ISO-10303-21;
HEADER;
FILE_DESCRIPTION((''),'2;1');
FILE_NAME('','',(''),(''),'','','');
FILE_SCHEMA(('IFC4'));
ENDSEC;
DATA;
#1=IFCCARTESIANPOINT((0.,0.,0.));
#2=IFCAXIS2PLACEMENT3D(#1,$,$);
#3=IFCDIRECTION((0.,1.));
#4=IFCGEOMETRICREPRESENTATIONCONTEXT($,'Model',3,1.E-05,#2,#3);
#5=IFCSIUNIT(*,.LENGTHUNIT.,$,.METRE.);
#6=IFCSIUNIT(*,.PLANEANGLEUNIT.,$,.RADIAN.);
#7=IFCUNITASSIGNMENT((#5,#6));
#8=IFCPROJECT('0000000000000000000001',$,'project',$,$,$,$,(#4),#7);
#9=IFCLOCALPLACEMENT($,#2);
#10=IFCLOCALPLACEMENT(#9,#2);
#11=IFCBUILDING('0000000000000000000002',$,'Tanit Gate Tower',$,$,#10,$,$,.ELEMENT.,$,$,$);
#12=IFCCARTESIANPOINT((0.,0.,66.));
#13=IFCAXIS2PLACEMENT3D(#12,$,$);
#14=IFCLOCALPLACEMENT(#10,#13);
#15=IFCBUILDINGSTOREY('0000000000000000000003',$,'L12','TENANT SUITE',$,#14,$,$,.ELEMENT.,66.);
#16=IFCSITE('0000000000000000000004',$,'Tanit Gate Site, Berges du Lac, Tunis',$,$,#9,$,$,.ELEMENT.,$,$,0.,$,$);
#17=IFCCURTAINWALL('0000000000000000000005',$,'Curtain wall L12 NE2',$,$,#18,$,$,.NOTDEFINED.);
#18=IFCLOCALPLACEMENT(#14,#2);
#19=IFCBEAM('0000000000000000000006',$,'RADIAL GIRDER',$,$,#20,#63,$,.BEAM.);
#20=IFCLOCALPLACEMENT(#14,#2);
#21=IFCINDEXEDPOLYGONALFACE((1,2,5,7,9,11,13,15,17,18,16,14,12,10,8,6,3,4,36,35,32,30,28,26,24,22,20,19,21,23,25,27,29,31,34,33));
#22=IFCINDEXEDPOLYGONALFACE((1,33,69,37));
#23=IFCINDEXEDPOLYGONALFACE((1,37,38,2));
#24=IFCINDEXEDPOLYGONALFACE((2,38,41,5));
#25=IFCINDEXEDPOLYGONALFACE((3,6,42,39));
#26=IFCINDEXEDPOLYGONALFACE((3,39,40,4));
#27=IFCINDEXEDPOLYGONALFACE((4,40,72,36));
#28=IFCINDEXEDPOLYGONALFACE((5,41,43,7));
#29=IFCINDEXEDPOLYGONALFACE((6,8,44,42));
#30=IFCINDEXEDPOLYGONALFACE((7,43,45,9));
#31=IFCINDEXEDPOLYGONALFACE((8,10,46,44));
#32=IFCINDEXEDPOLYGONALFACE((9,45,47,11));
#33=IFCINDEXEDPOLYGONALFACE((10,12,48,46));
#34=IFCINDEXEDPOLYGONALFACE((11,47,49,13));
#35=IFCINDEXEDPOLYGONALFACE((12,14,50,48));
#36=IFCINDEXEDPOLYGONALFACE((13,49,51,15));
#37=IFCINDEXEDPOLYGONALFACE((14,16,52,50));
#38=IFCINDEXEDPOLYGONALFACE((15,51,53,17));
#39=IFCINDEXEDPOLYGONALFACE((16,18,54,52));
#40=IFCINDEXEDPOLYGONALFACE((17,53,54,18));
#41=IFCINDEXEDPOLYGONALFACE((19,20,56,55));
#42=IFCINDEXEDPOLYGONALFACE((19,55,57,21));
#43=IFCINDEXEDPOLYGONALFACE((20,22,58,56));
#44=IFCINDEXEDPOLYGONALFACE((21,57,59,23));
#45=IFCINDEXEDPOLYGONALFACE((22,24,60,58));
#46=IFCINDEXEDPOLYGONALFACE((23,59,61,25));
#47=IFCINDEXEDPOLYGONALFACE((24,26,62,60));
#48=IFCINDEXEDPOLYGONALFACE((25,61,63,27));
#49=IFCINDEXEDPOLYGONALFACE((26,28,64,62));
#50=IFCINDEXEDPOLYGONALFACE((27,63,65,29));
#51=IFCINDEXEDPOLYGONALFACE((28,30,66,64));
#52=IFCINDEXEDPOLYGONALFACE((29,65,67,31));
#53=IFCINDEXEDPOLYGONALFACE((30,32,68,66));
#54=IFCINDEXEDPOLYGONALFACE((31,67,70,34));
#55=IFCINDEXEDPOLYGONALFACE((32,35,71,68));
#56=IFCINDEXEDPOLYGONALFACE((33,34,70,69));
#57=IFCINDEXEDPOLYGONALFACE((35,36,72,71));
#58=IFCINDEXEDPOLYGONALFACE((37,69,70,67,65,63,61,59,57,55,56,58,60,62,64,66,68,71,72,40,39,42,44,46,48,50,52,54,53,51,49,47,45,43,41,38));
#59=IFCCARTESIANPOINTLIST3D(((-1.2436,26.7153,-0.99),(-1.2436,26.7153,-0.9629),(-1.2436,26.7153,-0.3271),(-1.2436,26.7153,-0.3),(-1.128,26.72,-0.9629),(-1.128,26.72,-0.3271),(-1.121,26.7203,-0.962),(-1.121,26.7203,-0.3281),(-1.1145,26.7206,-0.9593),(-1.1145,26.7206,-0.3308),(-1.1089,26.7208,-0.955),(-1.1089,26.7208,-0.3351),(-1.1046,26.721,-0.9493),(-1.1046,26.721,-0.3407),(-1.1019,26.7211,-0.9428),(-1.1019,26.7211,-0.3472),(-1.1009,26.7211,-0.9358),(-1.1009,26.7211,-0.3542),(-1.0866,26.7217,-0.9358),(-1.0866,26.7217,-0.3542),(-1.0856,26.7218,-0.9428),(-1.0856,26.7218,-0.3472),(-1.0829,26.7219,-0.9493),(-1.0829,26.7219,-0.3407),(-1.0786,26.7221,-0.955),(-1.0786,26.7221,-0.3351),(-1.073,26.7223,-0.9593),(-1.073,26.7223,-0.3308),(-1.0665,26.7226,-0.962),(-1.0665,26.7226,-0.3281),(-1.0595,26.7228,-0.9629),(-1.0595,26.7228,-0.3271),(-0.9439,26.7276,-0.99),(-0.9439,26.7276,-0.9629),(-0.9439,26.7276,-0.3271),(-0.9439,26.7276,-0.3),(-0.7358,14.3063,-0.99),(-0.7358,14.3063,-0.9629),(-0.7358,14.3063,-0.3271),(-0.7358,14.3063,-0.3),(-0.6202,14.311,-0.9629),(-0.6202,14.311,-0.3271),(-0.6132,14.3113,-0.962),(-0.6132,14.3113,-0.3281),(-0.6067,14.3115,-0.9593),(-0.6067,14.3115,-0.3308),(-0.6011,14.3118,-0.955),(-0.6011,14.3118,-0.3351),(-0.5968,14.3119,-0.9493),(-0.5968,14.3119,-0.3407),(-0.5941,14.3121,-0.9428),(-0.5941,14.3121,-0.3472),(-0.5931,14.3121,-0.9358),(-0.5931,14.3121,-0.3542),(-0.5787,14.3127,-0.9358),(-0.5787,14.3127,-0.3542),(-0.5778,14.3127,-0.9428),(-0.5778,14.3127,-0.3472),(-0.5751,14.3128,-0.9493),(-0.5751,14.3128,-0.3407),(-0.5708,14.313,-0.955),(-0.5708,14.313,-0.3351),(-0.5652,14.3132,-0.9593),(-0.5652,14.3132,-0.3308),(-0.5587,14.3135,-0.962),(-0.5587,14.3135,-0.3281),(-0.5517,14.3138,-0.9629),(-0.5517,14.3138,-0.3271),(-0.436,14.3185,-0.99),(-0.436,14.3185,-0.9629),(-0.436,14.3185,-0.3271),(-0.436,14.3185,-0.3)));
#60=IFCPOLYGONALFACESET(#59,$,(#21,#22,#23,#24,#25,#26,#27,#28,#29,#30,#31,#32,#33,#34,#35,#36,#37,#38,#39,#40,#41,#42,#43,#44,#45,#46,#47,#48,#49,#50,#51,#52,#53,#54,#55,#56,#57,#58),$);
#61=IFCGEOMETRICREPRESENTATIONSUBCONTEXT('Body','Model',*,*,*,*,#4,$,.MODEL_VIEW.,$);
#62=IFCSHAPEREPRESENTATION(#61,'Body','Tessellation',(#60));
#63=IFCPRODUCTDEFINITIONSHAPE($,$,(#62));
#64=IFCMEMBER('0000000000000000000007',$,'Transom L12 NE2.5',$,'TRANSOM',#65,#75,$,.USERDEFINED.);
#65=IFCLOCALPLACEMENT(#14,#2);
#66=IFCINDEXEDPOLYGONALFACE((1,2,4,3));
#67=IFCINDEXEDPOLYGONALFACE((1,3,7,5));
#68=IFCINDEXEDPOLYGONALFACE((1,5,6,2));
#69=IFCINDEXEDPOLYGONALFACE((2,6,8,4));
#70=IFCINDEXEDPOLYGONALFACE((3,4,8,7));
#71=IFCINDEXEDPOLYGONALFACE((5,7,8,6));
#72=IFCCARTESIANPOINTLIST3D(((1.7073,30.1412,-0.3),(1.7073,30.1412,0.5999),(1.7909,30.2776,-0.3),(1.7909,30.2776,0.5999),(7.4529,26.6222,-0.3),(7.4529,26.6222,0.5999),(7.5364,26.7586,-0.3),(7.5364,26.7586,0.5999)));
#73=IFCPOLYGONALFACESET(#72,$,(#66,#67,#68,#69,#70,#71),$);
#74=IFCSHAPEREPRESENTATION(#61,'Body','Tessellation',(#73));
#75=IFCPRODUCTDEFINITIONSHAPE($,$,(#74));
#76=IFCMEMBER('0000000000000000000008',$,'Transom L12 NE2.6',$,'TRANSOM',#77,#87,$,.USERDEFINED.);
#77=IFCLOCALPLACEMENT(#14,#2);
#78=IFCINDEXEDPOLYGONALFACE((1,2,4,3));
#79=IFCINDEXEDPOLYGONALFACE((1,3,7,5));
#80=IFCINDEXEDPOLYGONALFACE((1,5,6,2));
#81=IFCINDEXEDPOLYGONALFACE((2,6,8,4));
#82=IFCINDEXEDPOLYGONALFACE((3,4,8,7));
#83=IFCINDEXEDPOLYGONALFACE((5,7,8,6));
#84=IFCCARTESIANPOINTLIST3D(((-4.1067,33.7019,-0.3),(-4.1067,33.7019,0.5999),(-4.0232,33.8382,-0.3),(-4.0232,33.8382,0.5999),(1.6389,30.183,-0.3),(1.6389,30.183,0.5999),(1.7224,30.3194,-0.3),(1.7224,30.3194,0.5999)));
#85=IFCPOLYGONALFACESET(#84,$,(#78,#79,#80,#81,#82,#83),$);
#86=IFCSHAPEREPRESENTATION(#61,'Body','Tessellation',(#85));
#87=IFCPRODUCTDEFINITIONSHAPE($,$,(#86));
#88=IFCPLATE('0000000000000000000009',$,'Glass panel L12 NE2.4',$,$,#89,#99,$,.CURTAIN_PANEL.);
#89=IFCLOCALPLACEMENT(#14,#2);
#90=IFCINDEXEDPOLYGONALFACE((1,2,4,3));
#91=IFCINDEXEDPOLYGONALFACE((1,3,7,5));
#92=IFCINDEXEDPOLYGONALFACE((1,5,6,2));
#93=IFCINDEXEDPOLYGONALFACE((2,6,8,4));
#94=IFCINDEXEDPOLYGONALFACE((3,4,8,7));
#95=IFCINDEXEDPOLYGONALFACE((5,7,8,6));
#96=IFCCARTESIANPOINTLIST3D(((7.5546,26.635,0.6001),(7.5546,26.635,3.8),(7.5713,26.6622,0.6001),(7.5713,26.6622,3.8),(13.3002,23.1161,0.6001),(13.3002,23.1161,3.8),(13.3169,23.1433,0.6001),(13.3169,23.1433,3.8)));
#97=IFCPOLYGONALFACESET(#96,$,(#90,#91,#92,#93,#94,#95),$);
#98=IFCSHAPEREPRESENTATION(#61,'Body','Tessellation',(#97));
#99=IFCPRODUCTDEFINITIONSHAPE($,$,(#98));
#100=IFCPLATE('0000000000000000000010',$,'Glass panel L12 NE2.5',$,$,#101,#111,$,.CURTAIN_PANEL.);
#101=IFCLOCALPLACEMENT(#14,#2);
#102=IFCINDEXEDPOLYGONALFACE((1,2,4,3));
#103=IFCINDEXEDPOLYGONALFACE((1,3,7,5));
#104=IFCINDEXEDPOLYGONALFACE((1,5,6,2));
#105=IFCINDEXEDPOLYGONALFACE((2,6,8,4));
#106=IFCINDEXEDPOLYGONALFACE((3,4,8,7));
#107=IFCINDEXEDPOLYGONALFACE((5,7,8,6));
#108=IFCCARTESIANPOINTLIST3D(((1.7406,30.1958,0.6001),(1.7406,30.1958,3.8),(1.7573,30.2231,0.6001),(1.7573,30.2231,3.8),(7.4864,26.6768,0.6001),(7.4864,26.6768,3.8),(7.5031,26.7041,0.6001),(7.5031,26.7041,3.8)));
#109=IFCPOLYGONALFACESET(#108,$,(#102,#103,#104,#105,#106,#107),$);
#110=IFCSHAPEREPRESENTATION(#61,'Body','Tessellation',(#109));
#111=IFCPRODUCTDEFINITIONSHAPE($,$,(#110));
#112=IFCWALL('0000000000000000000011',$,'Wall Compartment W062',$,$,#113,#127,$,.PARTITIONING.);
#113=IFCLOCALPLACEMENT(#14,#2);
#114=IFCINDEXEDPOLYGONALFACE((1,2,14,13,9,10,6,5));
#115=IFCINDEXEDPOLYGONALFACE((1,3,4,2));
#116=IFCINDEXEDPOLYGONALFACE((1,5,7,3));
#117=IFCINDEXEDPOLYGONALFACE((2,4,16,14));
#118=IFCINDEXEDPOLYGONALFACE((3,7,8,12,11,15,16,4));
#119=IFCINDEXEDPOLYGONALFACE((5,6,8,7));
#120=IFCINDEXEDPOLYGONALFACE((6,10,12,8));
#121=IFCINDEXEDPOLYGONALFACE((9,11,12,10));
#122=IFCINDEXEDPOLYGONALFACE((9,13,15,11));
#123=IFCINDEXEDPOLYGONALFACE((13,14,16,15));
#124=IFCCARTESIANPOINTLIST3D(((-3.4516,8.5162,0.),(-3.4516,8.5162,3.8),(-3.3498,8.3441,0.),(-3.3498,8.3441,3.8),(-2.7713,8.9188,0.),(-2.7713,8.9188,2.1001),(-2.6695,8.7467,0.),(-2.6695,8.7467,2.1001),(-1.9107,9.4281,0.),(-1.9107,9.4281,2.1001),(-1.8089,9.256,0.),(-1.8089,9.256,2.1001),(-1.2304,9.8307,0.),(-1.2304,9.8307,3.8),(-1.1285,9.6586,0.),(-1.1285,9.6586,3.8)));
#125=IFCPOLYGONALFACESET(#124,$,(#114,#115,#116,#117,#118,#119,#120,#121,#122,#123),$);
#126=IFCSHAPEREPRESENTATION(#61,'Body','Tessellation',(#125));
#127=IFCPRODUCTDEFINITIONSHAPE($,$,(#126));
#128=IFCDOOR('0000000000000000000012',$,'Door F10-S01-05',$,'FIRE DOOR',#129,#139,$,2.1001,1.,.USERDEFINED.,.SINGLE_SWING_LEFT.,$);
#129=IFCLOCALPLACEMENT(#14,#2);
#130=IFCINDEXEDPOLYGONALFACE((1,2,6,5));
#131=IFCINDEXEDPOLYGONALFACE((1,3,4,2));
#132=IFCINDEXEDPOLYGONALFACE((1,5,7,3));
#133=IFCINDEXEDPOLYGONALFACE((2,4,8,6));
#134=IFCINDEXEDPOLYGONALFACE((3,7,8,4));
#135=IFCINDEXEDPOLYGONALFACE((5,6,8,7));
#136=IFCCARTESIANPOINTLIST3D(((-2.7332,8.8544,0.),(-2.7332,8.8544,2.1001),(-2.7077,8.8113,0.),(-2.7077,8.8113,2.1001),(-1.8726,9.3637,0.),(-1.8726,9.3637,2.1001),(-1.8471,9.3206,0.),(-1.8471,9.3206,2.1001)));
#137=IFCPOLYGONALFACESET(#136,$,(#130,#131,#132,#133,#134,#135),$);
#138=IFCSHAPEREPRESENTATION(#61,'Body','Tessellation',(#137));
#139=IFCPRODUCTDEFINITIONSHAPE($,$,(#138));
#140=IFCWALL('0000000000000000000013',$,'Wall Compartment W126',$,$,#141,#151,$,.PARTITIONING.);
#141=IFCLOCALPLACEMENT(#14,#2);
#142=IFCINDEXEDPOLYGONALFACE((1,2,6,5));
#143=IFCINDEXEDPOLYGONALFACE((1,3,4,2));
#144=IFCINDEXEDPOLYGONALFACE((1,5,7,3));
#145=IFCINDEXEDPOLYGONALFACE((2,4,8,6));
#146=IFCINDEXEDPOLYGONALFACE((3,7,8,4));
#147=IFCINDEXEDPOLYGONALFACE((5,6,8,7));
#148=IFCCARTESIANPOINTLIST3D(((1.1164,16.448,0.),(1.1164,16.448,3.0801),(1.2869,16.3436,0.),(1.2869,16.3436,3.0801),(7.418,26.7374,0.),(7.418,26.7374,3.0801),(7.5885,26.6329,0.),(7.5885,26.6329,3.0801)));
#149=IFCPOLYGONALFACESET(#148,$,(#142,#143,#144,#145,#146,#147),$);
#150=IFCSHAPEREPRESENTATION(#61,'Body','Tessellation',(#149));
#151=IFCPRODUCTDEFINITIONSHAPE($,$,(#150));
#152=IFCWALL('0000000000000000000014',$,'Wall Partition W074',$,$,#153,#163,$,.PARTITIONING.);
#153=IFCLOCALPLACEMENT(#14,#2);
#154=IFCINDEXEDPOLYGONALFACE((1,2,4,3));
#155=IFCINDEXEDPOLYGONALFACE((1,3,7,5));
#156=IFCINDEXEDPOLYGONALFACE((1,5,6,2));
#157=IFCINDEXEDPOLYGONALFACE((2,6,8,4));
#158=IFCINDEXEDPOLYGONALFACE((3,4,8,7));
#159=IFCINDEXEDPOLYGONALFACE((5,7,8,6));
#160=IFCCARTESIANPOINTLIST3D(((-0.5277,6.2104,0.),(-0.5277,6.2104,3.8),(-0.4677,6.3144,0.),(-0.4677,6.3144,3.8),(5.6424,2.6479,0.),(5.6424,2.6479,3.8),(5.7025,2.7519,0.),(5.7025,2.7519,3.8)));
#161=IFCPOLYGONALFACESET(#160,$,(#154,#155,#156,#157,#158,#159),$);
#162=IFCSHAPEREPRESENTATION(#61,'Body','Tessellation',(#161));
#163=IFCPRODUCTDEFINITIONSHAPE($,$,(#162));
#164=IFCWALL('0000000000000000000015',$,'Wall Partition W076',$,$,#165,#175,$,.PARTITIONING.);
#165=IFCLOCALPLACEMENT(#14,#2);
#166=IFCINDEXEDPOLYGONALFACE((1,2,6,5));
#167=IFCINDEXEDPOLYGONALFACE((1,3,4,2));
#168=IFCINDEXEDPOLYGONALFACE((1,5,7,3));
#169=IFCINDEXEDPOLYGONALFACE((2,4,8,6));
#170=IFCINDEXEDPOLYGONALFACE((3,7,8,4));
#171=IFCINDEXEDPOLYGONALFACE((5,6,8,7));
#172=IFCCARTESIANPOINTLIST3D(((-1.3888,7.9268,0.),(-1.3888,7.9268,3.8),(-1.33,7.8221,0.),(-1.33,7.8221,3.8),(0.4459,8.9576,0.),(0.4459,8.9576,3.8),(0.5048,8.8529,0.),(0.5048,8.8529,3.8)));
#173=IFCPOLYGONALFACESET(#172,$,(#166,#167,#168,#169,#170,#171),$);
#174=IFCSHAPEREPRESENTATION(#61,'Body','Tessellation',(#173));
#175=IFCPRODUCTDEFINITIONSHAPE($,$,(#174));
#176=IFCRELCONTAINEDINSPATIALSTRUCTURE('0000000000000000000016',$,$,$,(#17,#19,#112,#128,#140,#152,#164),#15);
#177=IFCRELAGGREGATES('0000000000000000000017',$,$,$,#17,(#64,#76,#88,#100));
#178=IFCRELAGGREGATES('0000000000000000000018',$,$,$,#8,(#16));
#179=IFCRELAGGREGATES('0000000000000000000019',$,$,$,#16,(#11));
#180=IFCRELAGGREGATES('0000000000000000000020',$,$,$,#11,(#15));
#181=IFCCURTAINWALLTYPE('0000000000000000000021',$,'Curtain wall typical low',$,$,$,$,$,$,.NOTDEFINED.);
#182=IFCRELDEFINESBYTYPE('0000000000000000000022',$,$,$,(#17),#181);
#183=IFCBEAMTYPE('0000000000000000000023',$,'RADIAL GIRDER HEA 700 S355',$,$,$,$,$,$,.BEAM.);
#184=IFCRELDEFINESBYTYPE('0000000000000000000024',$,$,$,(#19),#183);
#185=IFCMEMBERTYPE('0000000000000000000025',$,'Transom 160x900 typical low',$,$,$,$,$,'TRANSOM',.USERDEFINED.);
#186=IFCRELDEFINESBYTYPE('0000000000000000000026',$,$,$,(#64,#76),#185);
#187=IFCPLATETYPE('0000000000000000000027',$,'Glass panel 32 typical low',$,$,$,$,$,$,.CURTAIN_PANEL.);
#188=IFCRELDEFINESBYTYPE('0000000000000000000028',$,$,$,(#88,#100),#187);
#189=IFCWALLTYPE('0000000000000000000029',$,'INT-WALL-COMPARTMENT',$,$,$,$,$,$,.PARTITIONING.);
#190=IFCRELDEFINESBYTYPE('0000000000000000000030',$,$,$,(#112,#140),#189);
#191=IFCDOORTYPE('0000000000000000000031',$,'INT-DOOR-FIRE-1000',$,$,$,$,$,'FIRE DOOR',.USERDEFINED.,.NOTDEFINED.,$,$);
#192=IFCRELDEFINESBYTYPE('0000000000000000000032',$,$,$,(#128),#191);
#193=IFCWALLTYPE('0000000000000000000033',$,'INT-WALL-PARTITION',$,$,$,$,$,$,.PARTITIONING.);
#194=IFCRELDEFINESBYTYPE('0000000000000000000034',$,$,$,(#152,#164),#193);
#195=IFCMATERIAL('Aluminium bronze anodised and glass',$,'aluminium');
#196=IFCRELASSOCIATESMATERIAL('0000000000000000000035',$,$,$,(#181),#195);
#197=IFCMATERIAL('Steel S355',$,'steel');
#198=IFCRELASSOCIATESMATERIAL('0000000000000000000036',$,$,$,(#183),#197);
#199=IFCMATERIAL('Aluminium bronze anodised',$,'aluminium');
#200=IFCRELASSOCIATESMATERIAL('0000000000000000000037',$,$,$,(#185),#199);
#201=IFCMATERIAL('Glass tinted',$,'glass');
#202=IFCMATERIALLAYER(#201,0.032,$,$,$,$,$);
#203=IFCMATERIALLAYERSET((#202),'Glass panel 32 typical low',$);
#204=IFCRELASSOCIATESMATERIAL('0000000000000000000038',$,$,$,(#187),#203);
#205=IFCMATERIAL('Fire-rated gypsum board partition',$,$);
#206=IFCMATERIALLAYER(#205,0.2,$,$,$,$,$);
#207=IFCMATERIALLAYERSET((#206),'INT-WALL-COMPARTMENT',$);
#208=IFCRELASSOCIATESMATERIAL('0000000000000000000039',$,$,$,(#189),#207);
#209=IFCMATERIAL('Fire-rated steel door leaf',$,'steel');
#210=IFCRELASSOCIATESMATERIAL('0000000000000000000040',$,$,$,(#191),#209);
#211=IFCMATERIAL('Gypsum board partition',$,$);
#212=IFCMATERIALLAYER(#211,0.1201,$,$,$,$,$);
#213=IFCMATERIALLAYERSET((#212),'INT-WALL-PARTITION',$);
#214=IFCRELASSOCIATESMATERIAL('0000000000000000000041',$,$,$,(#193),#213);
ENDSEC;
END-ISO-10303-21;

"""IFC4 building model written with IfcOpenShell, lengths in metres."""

from ifc_helpers import new_model, si_unit, direction, frame, frame_2d, origin, origin_2d, place, context, subcontext, project, spatial, rectangle, i_section, extrude, material, layer, layer_set, material_profile, profile_set, type_object, element, fill, aggregate, save


model = new_model("IFC4")

# Units and contexts
model_context = context("Model", 3, precision=1e-05, world=origin(), true_north=direction((0.0, 1.0)))
body_context = subcontext(model_context, "Body", "Model", "MODEL_VIEW")
ifc_project = project(units=[si_unit("LENGTHUNIT", "METRE"), si_unit("PLANEANGLEUNIT", "RADIAN")], contexts=[model_context])

# Site, building, storey
site_placement = place(None, origin())
site = spatial("IfcSite", under=ifc_project, at=site_placement, Name="Tanit Gate Site, Berges du Lac, Tunis", CompositionType="ELEMENT", RefElevation=0.0)
building_placement = place(site_placement, origin())
building = spatial("IfcBuilding", under=site, at=building_placement, Name="Tanit Gate Tower", CompositionType="ELEMENT")
storey_placement = place(building_placement, frame((0.0, 0.0, 66.0)))
storey = spatial("IfcBuildingStorey", under=building, at=storey_placement, Name="L12", Description="TENANT SUITE", CompositionType="ELEMENT", Elevation=66.0)

# Curtain wall
ifc_material_1 = material(Name="Aluminium bronze anodised and glass", Category="aluminium")
curtain_wall_type = type_object("IfcCurtainWallType", Name="Curtain wall typical low", PredefinedType="NOTDEFINED", material=ifc_material_1)
curtain_wall_placement = place(storey_placement, origin())
curtain_wall = element("IfcCurtainWall", 1, at=curtain_wall_placement, inside=storey, type_object=curtain_wall_type, Name="Curtain wall L12 NE2", PredefinedType="NOTDEFINED")

# Beam
ifc_material_2 = material(Name="Steel S355", Category="steel")
ifc_material_profile_1 = material_profile(ifc_material_2, i_section(OverallWidth=0.3, OverallDepth=0.6899, WebThickness=0.0144, FlangeThickness=0.0271, FilletRadius=0.0271, at=origin_2d()), Name="HEA 700")
ifc_profile_set_1 = profile_set([ifc_material_profile_1], Name="Steel S355")
beam_type = type_object("IfcBeamType", Name="RADIAL GIRDER HEA 700 S355", PredefinedType="BEAM", material=ifc_profile_set_1)
beam_1_placement = place(storey_placement, frame((-1.0938, 26.7214, -0.645), z_axis=(0.040889, -0.999164, 0.0), x_axis=(0.999164, 0.040889, 0.0)))
element("IfcBeam", 2, at=beam_1_placement, inside=storey, type_object=beam_type, Name="RADIAL GIRDER", PredefinedType="BEAM", context=body_context, shape_type="SweptSolid", body=[
    extrude(i_section(OverallWidth=0.3, OverallDepth=0.6899, WebThickness=0.0144, FlangeThickness=0.0271, FilletRadius=0.0271, at=origin_2d()), origin(), (0.0, 0.0, 1.0), 12.4194),
])

# Members
ifc_material_3 = material(Name="Aluminium bronze anodised", Category="aluminium")
ifc_material_profile_2 = material_profile(ifc_material_3, rectangle(XDim=0.1599, YDim=0.8999, at=origin_2d()), Name="160x900 bronze transom")
ifc_profile_set_2 = profile_set([ifc_material_profile_2], Name="Aluminium bronze anodised")
member_type_1 = type_object("IfcMemberType", Name="Transom 160x900 typical low", ElementType="TRANSOM", PredefinedType="USERDEFINED", material=ifc_profile_set_2)
member_1_placement = place(storey_placement, frame((7.4946, 26.6904, 0.1499), z_axis=(-0.852764, 0.522297, 0.0), x_axis=(-0.522297, -0.852764, 0.0)))
member_1 = element("IfcMember", 3, at=member_1_placement, type_object=member_type_1, Name="Transom L12 NE2.5", ObjectType="TRANSOM", PredefinedType="USERDEFINED", context=body_context, shape_type="SweptSolid", body=[
    extrude(rectangle(XDim=0.1599, YDim=0.8999, at=origin_2d()), origin(), (0.0, 0.0, 1.0), 6.7375),
])
member_2_placement = place(storey_placement, frame((1.6807, 30.2512, 0.1499), z_axis=(-0.85278, 0.522271, 0.0), x_axis=(-0.522271, -0.85278, 0.0)))
member_2 = element("IfcMember", 4, at=member_2_placement, type_object=member_type_1, Name="Transom L12 NE2.6", ObjectType="TRANSOM", PredefinedType="USERDEFINED", context=body_context, shape_type="SweptSolid", body=[
    extrude(rectangle(XDim=0.1599, YDim=0.8999, at=origin_2d()), origin(), (0.0, 0.0, 1.0), 6.7375),
])

# Plates
ifc_material_4 = material(Name="Glass tinted", Category="glass")
ifc_layer_1 = layer(ifc_material_4, 0.032)
ifc_layer_set_1 = layer_set([ifc_layer_1], Name="Glass panel 32 typical low")
plate_type = type_object("IfcPlateType", Name="Glass panel 32 typical low", PredefinedType="CURTAIN_PANEL", material=ifc_layer_set_1)
plate_1_placement = place(storey_placement, frame((10.4358, 24.8892, 0.6001), z_axis=(0.0, 0.0, 1.0), x_axis=(-0.852772, 0.522283, 0.0)))
plate_1 = element("IfcPlate", 5, at=plate_1_placement, type_object=plate_type, Name="Glass panel L12 NE2.4", PredefinedType="CURTAIN_PANEL", context=body_context, shape_type="SweptSolid", body=[
    extrude(rectangle(XDim=6.7375, YDim=0.032, at=origin_2d()), origin(), (0.0, 0.0, 1.0), 3.2),
])
plate_2_placement = place(storey_placement, frame((4.6218, 28.45, 0.6001), z_axis=(0.0, 0.0, 1.0), x_axis=(-0.852772, 0.522283, 0.0)))
plate_2 = element("IfcPlate", 6, at=plate_2_placement, type_object=plate_type, Name="Glass panel L12 NE2.5", PredefinedType="CURTAIN_PANEL", context=body_context, shape_type="SweptSolid", body=[
    extrude(rectangle(XDim=6.7378, YDim=0.032, at=origin_2d()), origin(), (0.0, 0.0, 1.0), 3.2),
])
aggregate(curtain_wall, [member_1, member_2, plate_1, plate_2])

# Wall, opening, door
ifc_material_5 = material(Name="Fire-rated gypsum board partition")
ifc_layer_2 = layer(ifc_material_5, 0.2)
ifc_layer_set_2 = layer_set([ifc_layer_2], Name="INT-WALL-COMPARTMENT")
wall_type_1 = type_object("IfcWallType", Name="INT-WALL-COMPARTMENT", PredefinedType="PARTITIONING", material=ifc_layer_set_2)
wall_1_placement = place(storey_placement, frame((-1.1794, 9.7446, 0.0), z_axis=(0.0, 0.0, 1.0), x_axis=(-0.860599, -0.509284, 0.0)))
wall_1 = element("IfcWall", 7, at=wall_1_placement, inside=storey, type_object=wall_type_1, Name="Wall Compartment W062", PredefinedType="PARTITIONING", context=body_context, shape_type="SweptSolid", body=[
    extrude(rectangle(XDim=2.5811, YDim=0.2, at=frame_2d((1.2905, 0.0))), origin(), (0.0, 0.0, 1.0), 3.8),
])
opening_placement = place(wall_1_placement, frame((0.7905, 0.0, 0.0)))
opening = element("IfcOpeningElement", 8, at=opening_placement, cuts=wall_1, PredefinedType="OPENING", context=body_context, shape_type="SweptSolid", body=[
    extrude(rectangle(XDim=1.0, YDim=2.1001, at=frame_2d((0.5, 1.05))), frame((0.0, 0.1099, 0.0), z_axis=(0.0, -1.0, 0.0), x_axis=(1.0, 0.0, 0.0)), (0.0, 0.0, 1.0), 0.22),
])
ifc_material_6 = material(Name="Fire-rated steel door leaf", Category="steel")
door_type = type_object("IfcDoorType", Name="INT-DOOR-FIRE-1000", ElementType="FIRE DOOR", OperationType="NOTDEFINED", PredefinedType="USERDEFINED", material=ifc_material_6)
door_placement = place(opening_placement, origin())
door = element("IfcDoor", 9, at=door_placement, inside=storey, type_object=door_type, Name="Door F10-S01-05", ObjectType="FIRE DOOR", OperationType="SINGLE_SWING_LEFT", OverallHeight=2.1001, OverallWidth=1.0, PredefinedType="USERDEFINED", context=body_context, shape_type="SweptSolid", body=[
    extrude(rectangle(XDim=1.0, YDim=2.1001, at=frame_2d((0.5, 1.05))), frame((0.0, 0.0249, 0.0), z_axis=(0.0, -1.0, 0.0), x_axis=(1.0, 0.0, 0.0)), (0.0, 0.0, 1.0), 0.05),
])
fill(opening, door)

# Walls
wall_2_placement = place(storey_placement, frame((7.5032, 26.6851, 0.0), z_axis=(0.0, 0.0, 1.0), x_axis=(-0.522271, -0.85278, 0.0)))
element("IfcWall", 10, at=wall_2_placement, inside=storey, type_object=wall_type_1, Name="Wall Compartment W126", PredefinedType="PARTITIONING", context=body_context, shape_type="SweptSolid", body=[
    extrude(rectangle(XDim=12.0657, YDim=0.2, at=frame_2d((6.0327, 0.0))), origin(), (0.0, 0.0, 1.0), 3.0801),
])
ifc_material_7 = material(Name="Gypsum board partition")
ifc_layer_3 = layer(ifc_material_7, 0.1201)
ifc_layer_set_3 = layer_set([ifc_layer_3], Name="INT-WALL-PARTITION")
wall_type_2 = type_object("IfcWallType", Name="INT-WALL-PARTITION", PredefinedType="PARTITIONING", material=ifc_layer_set_3)
wall_3_placement = place(storey_placement, frame((-0.4978, 6.2625, 0.0), z_axis=(0.0, 0.0, 1.0), x_axis=(0.866016, -0.500016, 0.0)))
element("IfcWall", 11, at=wall_3_placement, inside=storey, type_object=wall_type_2, Name="Wall Partition W074", PredefinedType="PARTITIONING", context=body_context, shape_type="SweptSolid", body=[
    extrude(rectangle(XDim=7.1248, YDim=0.1201, at=frame_2d((3.5625, 0.0))), origin(), (0.0, 0.0, 1.0), 3.8),
])
wall_4_placement = place(storey_placement, frame((0.4753, 8.9053, 0.0), z_axis=(0.0, 0.0, 1.0), x_axis=(-0.871833, -0.489804, 0.0)))
element("IfcWall", 12, at=wall_4_placement, inside=storey, type_object=wall_type_2, Name="Wall Partition W076", PredefinedType="PARTITIONING", context=body_context, shape_type="SweptSolid", body=[
    extrude(rectangle(XDim=2.1045, YDim=0.1201, at=frame_2d((1.0522, 0.0))), origin(), (0.0, 0.0, 1.0), 3.8),
])

save(model, "model.ifc")
